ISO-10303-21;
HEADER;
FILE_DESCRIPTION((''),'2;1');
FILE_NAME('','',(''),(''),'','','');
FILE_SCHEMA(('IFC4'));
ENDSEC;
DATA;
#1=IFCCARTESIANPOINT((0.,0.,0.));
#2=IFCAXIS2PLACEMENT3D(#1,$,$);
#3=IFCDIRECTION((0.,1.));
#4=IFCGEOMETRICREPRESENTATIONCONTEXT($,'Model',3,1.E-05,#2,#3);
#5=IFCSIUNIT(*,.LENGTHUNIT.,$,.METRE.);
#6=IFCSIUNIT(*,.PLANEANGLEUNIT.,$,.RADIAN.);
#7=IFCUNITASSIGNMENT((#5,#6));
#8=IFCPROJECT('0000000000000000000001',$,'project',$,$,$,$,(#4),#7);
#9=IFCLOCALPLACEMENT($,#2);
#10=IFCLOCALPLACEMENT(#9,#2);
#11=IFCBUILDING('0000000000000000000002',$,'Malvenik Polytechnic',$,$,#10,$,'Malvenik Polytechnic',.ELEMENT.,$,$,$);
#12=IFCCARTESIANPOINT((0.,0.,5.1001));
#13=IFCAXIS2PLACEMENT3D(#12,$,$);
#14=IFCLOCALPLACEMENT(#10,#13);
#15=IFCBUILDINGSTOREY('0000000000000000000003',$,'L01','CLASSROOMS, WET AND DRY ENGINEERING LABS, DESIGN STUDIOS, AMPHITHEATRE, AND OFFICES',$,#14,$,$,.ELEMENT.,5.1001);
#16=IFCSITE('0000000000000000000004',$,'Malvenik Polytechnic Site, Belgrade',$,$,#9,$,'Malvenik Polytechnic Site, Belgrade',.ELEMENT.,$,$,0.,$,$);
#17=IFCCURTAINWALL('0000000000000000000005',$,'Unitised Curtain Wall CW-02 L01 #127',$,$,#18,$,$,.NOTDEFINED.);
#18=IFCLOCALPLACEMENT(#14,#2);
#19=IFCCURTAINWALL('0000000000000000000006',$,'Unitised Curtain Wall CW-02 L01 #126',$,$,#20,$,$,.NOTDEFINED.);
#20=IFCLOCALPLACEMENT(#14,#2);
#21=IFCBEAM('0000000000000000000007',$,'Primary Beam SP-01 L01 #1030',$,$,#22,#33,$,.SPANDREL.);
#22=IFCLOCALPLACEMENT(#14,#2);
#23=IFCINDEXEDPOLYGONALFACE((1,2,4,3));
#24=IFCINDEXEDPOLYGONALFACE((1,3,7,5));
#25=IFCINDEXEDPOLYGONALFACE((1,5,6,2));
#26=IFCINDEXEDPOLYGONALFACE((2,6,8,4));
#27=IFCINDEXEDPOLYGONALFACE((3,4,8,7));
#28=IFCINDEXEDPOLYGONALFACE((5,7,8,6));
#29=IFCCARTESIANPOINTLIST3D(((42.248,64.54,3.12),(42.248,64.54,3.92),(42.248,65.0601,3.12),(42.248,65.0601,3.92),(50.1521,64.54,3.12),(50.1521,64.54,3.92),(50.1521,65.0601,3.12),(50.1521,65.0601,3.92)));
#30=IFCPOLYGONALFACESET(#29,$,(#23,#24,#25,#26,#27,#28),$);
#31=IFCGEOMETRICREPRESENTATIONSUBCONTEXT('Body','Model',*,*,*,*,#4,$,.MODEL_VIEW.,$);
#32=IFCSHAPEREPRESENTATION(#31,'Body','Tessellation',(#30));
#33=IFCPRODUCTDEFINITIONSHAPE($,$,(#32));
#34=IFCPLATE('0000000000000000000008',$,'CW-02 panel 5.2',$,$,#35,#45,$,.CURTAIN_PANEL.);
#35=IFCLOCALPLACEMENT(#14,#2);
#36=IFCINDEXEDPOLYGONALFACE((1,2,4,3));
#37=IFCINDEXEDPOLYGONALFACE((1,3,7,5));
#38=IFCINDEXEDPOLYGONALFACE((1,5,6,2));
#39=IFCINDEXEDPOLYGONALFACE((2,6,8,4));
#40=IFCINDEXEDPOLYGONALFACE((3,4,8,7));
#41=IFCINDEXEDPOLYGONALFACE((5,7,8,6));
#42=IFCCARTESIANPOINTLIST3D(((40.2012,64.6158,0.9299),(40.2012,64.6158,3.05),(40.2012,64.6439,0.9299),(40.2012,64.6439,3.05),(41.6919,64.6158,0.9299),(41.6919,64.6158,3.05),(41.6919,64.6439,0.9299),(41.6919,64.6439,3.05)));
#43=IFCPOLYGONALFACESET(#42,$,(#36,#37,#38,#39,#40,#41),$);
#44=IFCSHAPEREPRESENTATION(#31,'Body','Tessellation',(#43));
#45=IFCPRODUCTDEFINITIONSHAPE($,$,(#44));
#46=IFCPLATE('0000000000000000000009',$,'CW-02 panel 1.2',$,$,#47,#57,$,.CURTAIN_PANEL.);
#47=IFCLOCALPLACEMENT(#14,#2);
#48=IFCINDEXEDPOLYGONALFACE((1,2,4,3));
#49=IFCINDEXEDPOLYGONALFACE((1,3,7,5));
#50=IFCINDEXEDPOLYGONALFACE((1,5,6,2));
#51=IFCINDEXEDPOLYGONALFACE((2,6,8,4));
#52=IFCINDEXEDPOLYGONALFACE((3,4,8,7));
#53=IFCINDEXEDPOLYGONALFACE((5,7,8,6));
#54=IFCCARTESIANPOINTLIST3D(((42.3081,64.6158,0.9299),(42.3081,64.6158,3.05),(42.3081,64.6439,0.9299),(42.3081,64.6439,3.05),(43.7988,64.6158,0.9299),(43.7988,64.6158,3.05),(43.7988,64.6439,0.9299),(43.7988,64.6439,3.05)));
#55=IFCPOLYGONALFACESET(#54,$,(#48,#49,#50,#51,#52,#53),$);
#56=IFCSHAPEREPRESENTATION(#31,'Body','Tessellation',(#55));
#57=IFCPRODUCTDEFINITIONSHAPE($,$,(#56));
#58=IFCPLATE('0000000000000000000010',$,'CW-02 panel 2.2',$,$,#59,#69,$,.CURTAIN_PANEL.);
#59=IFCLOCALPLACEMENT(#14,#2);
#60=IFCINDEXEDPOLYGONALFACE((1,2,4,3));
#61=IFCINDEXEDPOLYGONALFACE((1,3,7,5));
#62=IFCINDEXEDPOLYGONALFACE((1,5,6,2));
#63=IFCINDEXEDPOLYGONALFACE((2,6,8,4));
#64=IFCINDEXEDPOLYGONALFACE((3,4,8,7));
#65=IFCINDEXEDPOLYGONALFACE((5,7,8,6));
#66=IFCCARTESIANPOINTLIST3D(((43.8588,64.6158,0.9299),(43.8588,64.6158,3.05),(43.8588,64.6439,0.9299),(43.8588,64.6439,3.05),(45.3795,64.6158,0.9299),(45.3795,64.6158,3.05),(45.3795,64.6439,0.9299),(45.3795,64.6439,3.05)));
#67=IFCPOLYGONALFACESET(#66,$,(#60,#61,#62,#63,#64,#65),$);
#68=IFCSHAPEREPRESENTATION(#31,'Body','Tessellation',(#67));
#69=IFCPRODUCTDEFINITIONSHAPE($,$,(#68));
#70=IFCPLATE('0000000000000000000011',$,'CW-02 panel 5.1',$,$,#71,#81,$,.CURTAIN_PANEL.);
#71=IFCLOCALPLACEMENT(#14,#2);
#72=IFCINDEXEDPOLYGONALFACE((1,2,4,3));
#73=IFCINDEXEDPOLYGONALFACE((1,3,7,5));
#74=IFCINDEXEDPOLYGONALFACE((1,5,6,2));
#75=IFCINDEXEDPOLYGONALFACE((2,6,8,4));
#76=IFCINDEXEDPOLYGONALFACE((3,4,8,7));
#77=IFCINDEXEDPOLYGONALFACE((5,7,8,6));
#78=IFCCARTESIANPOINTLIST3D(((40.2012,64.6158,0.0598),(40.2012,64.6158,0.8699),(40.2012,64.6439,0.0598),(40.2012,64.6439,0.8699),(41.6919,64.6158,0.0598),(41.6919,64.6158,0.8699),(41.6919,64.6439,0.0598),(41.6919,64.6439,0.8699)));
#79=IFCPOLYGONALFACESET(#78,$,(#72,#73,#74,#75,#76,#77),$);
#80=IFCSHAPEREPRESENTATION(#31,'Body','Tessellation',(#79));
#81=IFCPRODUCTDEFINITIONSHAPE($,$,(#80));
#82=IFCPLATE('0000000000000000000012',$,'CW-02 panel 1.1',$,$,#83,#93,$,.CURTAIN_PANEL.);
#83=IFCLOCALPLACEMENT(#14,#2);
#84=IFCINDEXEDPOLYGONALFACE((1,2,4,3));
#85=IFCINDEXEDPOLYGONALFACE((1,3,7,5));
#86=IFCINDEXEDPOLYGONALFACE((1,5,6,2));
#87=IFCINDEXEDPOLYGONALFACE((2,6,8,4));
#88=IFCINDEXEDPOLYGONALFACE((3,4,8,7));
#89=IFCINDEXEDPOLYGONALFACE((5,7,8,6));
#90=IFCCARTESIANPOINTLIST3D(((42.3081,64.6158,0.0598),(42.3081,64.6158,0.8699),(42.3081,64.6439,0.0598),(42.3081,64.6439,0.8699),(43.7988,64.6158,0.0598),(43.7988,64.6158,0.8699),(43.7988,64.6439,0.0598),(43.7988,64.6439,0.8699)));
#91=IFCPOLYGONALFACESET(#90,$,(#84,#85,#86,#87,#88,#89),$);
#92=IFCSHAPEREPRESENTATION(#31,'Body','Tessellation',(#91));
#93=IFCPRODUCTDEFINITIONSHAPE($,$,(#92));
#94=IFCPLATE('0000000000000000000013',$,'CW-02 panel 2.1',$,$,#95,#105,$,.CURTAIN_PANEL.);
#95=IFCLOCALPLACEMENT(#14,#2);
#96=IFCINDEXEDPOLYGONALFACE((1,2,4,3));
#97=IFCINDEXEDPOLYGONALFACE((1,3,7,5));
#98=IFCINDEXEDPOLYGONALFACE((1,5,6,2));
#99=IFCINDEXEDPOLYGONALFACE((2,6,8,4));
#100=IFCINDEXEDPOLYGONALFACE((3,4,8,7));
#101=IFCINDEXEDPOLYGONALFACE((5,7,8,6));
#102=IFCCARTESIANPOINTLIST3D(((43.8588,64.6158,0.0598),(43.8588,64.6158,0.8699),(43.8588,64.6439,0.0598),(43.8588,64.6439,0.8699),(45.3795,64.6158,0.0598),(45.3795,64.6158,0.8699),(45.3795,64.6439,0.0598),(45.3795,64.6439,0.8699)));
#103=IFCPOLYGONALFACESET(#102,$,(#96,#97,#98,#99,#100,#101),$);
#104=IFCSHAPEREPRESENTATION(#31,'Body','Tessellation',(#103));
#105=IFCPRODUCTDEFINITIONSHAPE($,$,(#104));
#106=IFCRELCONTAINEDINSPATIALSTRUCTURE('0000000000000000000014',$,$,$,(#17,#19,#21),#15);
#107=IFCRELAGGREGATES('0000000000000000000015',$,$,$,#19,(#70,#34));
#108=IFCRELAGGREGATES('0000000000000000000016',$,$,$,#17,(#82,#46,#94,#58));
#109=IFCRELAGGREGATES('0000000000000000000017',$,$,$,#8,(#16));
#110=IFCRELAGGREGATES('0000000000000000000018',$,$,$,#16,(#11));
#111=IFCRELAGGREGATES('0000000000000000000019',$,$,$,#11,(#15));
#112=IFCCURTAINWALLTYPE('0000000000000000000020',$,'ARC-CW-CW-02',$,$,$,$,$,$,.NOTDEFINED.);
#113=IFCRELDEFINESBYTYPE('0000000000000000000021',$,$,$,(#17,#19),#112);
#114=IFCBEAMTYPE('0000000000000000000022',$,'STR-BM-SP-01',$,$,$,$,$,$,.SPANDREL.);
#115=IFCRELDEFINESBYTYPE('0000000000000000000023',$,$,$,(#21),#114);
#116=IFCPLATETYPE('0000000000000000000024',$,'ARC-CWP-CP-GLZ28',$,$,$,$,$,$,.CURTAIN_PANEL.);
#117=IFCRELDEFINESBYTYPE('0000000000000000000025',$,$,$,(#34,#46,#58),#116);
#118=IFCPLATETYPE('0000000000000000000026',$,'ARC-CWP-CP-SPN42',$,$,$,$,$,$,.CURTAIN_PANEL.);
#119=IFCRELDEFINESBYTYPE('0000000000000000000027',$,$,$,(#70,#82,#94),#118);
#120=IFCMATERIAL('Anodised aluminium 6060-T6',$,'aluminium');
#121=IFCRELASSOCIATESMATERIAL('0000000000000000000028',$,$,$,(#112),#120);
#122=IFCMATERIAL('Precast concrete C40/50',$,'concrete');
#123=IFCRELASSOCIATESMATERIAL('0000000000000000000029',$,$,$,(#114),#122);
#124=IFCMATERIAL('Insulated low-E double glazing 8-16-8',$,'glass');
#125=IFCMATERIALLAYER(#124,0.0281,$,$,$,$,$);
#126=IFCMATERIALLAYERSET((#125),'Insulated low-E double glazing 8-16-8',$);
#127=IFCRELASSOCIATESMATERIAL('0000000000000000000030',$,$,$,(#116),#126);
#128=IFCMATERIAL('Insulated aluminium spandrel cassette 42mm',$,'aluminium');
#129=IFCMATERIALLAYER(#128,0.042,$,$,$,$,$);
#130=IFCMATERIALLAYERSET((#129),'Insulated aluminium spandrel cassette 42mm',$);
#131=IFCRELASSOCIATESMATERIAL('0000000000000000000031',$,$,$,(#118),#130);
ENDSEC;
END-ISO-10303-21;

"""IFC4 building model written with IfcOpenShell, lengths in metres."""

from ifc_helpers import new_model, si_unit, direction, frame, origin, origin_2d, place, context, subcontext, project, spatial, rectangle, extrude, material, layer, layer_set, material_profile, profile_set, type_object, element, aggregate, save


model = new_model("IFC4")

# Units and contexts
model_context = context("Model", 3, precision=1e-05, world=origin(), true_north=direction((0.0, 1.0)))
body_context = subcontext(model_context, "Body", "Model", "MODEL_VIEW")
ifc_project = project(units=[si_unit("LENGTHUNIT", "METRE"), si_unit("PLANEANGLEUNIT", "RADIAN")], contexts=[model_context])

# Site, building, storey
site_placement = place(None, origin())
site = spatial("IfcSite", under=ifc_project, at=site_placement, Name="Malvenik Polytechnic Site, Belgrade", LongName="Malvenik Polytechnic Site, Belgrade", CompositionType="ELEMENT", RefElevation=0.0)
building_placement = place(site_placement, origin())
building = spatial("IfcBuilding", under=site, at=building_placement, Name="Malvenik Polytechnic", LongName="Malvenik Polytechnic", CompositionType="ELEMENT")
storey_placement = place(building_placement, frame((0.0, 0.0, 5.1001)))
storey = spatial("IfcBuildingStorey", under=building, at=storey_placement, Name="L01", Description="CLASSROOMS, WET AND DRY ENGINEERING LABS, DESIGN STUDIOS, AMPHITHEATRE, AND OFFICES", CompositionType="ELEMENT", Elevation=5.1001)

# Curtain wall
ifc_material_1 = material(Name="Anodised aluminium 6060-T6", Category="aluminium")
curtain_wall_type = type_object("IfcCurtainWallType", Name="ARC-CW-CW-02", PredefinedType="NOTDEFINED", material=ifc_material_1)
curtain_wall_1_placement = place(storey_placement, origin())
curtain_wall_1 = element("IfcCurtainWall", 1, at=curtain_wall_1_placement, inside=storey, type_object=curtain_wall_type, Name="Unitised Curtain Wall CW-02 L01 #127", PredefinedType="NOTDEFINED")

# Curtain wall
curtain_wall_2_placement = place(storey_placement, origin())
curtain_wall_2 = element("IfcCurtainWall", 2, at=curtain_wall_2_placement, inside=storey, type_object=curtain_wall_type, Name="Unitised Curtain Wall CW-02 L01 #126", PredefinedType="NOTDEFINED")

# Beam
ifc_material_2 = material(Name="Precast concrete C40/50", Category="concrete")
ifc_material_profile_1 = material_profile(ifc_material_2, rectangle(XDim=0.52, YDim=0.8, at=origin_2d()), Name="PC SPN 520x800")
ifc_profile_set_1 = profile_set([ifc_material_profile_1], Name="Precast concrete C40/50")
beam_type = type_object("IfcBeamType", Name="STR-BM-SP-01", PredefinedType="SPANDREL", material=ifc_profile_set_1)
beam_placement = place(storey_placement, frame((42.248, 64.8, 3.52), z_axis=(1.0, 0.0, 0.0), x_axis=(0.0, 1.0, 0.0)))
element("IfcBeam", 3, at=beam_placement, inside=storey, type_object=beam_type, Name="Primary Beam SP-01 L01 #1030", PredefinedType="SPANDREL", context=body_context, shape_type="SweptSolid", body=[
    extrude(rectangle(XDim=0.52, YDim=0.8, at=origin_2d()), origin(), (0.0, 0.0, 1.0), 7.9041),
])

# Plates
ifc_material_3 = material(Name="Insulated low-E double glazing 8-16-8", Category="glass")
ifc_layer_1 = layer(ifc_material_3, 0.0281)
ifc_layer_set_1 = layer_set([ifc_layer_1], Name="Insulated low-E double glazing 8-16-8")
plate_type_1 = type_object("IfcPlateType", Name="ARC-CWP-CP-GLZ28", PredefinedType="CURTAIN_PANEL", material=ifc_layer_set_1)
plate_1_placement = place(storey_placement, frame((40.9465, 64.6299, 0.9299), z_axis=(0.0, 0.0, 1.0), x_axis=(1.0, 0.0, 0.0)))
plate_1 = element("IfcPlate", 4, at=plate_1_placement, type_object=plate_type_1, Name="CW-02 panel 5.2", PredefinedType="CURTAIN_PANEL", context=body_context, shape_type="SweptSolid", body=[
    extrude(rectangle(XDim=1.4907, YDim=0.0281, at=origin_2d()), origin(), (0.0, 0.0, 1.0), 2.1201),
])
plate_2_placement = place(storey_placement, frame((43.0535, 64.6299, 0.9299), z_axis=(0.0, 0.0, 1.0), x_axis=(1.0, 0.0, 0.0)))
plate_2 = element("IfcPlate", 5, at=plate_2_placement, type_object=plate_type_1, Name="CW-02 panel 1.2", PredefinedType="CURTAIN_PANEL", context=body_context, shape_type="SweptSolid", body=[
    extrude(rectangle(XDim=1.4907, YDim=0.0281, at=origin_2d()), origin(), (0.0, 0.0, 1.0), 2.1201),
])
plate_3_placement = place(storey_placement, frame((44.6191, 64.6299, 0.9299), z_axis=(0.0, 0.0, 1.0), x_axis=(1.0, 0.0, 0.0)))
plate_3 = element("IfcPlate", 6, at=plate_3_placement, type_object=plate_type_1, Name="CW-02 panel 2.2", PredefinedType="CURTAIN_PANEL", context=body_context, shape_type="SweptSolid", body=[
    extrude(rectangle(XDim=1.5208, YDim=0.0281, at=origin_2d()), origin(), (0.0, 0.0, 1.0), 2.1201),
])
ifc_material_4 = material(Name="Insulated aluminium spandrel cassette 42mm", Category="aluminium")
ifc_layer_2 = layer(ifc_material_4, 0.042)
ifc_layer_set_2 = layer_set([ifc_layer_2], Name="Insulated aluminium spandrel cassette 42mm")
plate_type_2 = type_object("IfcPlateType", Name="ARC-CWP-CP-SPN42", PredefinedType="CURTAIN_PANEL", material=ifc_layer_set_2)
plate_4_placement = place(storey_placement, frame((40.9465, 64.6299, 0.0598), z_axis=(0.0, 0.0, 1.0), x_axis=(1.0, 0.0, 0.0)))
plate_4 = element("IfcPlate", 7, at=plate_4_placement, type_object=plate_type_2, Name="CW-02 panel 5.1", PredefinedType="CURTAIN_PANEL", context=body_context, shape_type="SweptSolid", body=[
    extrude(rectangle(XDim=1.4907, YDim=0.0281, at=origin_2d()), origin(), (0.0, 0.0, 1.0), 0.8101),
])
aggregate(curtain_wall_2, [plate_4, plate_1])
plate_5_placement = place(storey_placement, frame((43.0535, 64.6299, 0.0598), z_axis=(0.0, 0.0, 1.0), x_axis=(1.0, 0.0, 0.0)))
plate_5 = element("IfcPlate", 8, at=plate_5_placement, type_object=plate_type_2, Name="CW-02 panel 1.1", PredefinedType="CURTAIN_PANEL", context=body_context, shape_type="SweptSolid", body=[
    extrude(rectangle(XDim=1.4907, YDim=0.0281, at=origin_2d()), origin(), (0.0, 0.0, 1.0), 0.8101),
])
plate_6_placement = place(storey_placement, frame((44.6191, 64.6299, 0.0598), z_axis=(0.0, 0.0, 1.0), x_axis=(1.0, 0.0, 0.0)))
plate_6 = element("IfcPlate", 9, at=plate_6_placement, type_object=plate_type_2, Name="CW-02 panel 2.1", PredefinedType="CURTAIN_PANEL", context=body_context, shape_type="SweptSolid", body=[
    extrude(rectangle(XDim=1.5208, YDim=0.0281, at=origin_2d()), origin(), (0.0, 0.0, 1.0), 0.8101),
])
aggregate(curtain_wall_1, [plate_5, plate_2, plate_6, plate_3])

save(model, "model.ifc")
